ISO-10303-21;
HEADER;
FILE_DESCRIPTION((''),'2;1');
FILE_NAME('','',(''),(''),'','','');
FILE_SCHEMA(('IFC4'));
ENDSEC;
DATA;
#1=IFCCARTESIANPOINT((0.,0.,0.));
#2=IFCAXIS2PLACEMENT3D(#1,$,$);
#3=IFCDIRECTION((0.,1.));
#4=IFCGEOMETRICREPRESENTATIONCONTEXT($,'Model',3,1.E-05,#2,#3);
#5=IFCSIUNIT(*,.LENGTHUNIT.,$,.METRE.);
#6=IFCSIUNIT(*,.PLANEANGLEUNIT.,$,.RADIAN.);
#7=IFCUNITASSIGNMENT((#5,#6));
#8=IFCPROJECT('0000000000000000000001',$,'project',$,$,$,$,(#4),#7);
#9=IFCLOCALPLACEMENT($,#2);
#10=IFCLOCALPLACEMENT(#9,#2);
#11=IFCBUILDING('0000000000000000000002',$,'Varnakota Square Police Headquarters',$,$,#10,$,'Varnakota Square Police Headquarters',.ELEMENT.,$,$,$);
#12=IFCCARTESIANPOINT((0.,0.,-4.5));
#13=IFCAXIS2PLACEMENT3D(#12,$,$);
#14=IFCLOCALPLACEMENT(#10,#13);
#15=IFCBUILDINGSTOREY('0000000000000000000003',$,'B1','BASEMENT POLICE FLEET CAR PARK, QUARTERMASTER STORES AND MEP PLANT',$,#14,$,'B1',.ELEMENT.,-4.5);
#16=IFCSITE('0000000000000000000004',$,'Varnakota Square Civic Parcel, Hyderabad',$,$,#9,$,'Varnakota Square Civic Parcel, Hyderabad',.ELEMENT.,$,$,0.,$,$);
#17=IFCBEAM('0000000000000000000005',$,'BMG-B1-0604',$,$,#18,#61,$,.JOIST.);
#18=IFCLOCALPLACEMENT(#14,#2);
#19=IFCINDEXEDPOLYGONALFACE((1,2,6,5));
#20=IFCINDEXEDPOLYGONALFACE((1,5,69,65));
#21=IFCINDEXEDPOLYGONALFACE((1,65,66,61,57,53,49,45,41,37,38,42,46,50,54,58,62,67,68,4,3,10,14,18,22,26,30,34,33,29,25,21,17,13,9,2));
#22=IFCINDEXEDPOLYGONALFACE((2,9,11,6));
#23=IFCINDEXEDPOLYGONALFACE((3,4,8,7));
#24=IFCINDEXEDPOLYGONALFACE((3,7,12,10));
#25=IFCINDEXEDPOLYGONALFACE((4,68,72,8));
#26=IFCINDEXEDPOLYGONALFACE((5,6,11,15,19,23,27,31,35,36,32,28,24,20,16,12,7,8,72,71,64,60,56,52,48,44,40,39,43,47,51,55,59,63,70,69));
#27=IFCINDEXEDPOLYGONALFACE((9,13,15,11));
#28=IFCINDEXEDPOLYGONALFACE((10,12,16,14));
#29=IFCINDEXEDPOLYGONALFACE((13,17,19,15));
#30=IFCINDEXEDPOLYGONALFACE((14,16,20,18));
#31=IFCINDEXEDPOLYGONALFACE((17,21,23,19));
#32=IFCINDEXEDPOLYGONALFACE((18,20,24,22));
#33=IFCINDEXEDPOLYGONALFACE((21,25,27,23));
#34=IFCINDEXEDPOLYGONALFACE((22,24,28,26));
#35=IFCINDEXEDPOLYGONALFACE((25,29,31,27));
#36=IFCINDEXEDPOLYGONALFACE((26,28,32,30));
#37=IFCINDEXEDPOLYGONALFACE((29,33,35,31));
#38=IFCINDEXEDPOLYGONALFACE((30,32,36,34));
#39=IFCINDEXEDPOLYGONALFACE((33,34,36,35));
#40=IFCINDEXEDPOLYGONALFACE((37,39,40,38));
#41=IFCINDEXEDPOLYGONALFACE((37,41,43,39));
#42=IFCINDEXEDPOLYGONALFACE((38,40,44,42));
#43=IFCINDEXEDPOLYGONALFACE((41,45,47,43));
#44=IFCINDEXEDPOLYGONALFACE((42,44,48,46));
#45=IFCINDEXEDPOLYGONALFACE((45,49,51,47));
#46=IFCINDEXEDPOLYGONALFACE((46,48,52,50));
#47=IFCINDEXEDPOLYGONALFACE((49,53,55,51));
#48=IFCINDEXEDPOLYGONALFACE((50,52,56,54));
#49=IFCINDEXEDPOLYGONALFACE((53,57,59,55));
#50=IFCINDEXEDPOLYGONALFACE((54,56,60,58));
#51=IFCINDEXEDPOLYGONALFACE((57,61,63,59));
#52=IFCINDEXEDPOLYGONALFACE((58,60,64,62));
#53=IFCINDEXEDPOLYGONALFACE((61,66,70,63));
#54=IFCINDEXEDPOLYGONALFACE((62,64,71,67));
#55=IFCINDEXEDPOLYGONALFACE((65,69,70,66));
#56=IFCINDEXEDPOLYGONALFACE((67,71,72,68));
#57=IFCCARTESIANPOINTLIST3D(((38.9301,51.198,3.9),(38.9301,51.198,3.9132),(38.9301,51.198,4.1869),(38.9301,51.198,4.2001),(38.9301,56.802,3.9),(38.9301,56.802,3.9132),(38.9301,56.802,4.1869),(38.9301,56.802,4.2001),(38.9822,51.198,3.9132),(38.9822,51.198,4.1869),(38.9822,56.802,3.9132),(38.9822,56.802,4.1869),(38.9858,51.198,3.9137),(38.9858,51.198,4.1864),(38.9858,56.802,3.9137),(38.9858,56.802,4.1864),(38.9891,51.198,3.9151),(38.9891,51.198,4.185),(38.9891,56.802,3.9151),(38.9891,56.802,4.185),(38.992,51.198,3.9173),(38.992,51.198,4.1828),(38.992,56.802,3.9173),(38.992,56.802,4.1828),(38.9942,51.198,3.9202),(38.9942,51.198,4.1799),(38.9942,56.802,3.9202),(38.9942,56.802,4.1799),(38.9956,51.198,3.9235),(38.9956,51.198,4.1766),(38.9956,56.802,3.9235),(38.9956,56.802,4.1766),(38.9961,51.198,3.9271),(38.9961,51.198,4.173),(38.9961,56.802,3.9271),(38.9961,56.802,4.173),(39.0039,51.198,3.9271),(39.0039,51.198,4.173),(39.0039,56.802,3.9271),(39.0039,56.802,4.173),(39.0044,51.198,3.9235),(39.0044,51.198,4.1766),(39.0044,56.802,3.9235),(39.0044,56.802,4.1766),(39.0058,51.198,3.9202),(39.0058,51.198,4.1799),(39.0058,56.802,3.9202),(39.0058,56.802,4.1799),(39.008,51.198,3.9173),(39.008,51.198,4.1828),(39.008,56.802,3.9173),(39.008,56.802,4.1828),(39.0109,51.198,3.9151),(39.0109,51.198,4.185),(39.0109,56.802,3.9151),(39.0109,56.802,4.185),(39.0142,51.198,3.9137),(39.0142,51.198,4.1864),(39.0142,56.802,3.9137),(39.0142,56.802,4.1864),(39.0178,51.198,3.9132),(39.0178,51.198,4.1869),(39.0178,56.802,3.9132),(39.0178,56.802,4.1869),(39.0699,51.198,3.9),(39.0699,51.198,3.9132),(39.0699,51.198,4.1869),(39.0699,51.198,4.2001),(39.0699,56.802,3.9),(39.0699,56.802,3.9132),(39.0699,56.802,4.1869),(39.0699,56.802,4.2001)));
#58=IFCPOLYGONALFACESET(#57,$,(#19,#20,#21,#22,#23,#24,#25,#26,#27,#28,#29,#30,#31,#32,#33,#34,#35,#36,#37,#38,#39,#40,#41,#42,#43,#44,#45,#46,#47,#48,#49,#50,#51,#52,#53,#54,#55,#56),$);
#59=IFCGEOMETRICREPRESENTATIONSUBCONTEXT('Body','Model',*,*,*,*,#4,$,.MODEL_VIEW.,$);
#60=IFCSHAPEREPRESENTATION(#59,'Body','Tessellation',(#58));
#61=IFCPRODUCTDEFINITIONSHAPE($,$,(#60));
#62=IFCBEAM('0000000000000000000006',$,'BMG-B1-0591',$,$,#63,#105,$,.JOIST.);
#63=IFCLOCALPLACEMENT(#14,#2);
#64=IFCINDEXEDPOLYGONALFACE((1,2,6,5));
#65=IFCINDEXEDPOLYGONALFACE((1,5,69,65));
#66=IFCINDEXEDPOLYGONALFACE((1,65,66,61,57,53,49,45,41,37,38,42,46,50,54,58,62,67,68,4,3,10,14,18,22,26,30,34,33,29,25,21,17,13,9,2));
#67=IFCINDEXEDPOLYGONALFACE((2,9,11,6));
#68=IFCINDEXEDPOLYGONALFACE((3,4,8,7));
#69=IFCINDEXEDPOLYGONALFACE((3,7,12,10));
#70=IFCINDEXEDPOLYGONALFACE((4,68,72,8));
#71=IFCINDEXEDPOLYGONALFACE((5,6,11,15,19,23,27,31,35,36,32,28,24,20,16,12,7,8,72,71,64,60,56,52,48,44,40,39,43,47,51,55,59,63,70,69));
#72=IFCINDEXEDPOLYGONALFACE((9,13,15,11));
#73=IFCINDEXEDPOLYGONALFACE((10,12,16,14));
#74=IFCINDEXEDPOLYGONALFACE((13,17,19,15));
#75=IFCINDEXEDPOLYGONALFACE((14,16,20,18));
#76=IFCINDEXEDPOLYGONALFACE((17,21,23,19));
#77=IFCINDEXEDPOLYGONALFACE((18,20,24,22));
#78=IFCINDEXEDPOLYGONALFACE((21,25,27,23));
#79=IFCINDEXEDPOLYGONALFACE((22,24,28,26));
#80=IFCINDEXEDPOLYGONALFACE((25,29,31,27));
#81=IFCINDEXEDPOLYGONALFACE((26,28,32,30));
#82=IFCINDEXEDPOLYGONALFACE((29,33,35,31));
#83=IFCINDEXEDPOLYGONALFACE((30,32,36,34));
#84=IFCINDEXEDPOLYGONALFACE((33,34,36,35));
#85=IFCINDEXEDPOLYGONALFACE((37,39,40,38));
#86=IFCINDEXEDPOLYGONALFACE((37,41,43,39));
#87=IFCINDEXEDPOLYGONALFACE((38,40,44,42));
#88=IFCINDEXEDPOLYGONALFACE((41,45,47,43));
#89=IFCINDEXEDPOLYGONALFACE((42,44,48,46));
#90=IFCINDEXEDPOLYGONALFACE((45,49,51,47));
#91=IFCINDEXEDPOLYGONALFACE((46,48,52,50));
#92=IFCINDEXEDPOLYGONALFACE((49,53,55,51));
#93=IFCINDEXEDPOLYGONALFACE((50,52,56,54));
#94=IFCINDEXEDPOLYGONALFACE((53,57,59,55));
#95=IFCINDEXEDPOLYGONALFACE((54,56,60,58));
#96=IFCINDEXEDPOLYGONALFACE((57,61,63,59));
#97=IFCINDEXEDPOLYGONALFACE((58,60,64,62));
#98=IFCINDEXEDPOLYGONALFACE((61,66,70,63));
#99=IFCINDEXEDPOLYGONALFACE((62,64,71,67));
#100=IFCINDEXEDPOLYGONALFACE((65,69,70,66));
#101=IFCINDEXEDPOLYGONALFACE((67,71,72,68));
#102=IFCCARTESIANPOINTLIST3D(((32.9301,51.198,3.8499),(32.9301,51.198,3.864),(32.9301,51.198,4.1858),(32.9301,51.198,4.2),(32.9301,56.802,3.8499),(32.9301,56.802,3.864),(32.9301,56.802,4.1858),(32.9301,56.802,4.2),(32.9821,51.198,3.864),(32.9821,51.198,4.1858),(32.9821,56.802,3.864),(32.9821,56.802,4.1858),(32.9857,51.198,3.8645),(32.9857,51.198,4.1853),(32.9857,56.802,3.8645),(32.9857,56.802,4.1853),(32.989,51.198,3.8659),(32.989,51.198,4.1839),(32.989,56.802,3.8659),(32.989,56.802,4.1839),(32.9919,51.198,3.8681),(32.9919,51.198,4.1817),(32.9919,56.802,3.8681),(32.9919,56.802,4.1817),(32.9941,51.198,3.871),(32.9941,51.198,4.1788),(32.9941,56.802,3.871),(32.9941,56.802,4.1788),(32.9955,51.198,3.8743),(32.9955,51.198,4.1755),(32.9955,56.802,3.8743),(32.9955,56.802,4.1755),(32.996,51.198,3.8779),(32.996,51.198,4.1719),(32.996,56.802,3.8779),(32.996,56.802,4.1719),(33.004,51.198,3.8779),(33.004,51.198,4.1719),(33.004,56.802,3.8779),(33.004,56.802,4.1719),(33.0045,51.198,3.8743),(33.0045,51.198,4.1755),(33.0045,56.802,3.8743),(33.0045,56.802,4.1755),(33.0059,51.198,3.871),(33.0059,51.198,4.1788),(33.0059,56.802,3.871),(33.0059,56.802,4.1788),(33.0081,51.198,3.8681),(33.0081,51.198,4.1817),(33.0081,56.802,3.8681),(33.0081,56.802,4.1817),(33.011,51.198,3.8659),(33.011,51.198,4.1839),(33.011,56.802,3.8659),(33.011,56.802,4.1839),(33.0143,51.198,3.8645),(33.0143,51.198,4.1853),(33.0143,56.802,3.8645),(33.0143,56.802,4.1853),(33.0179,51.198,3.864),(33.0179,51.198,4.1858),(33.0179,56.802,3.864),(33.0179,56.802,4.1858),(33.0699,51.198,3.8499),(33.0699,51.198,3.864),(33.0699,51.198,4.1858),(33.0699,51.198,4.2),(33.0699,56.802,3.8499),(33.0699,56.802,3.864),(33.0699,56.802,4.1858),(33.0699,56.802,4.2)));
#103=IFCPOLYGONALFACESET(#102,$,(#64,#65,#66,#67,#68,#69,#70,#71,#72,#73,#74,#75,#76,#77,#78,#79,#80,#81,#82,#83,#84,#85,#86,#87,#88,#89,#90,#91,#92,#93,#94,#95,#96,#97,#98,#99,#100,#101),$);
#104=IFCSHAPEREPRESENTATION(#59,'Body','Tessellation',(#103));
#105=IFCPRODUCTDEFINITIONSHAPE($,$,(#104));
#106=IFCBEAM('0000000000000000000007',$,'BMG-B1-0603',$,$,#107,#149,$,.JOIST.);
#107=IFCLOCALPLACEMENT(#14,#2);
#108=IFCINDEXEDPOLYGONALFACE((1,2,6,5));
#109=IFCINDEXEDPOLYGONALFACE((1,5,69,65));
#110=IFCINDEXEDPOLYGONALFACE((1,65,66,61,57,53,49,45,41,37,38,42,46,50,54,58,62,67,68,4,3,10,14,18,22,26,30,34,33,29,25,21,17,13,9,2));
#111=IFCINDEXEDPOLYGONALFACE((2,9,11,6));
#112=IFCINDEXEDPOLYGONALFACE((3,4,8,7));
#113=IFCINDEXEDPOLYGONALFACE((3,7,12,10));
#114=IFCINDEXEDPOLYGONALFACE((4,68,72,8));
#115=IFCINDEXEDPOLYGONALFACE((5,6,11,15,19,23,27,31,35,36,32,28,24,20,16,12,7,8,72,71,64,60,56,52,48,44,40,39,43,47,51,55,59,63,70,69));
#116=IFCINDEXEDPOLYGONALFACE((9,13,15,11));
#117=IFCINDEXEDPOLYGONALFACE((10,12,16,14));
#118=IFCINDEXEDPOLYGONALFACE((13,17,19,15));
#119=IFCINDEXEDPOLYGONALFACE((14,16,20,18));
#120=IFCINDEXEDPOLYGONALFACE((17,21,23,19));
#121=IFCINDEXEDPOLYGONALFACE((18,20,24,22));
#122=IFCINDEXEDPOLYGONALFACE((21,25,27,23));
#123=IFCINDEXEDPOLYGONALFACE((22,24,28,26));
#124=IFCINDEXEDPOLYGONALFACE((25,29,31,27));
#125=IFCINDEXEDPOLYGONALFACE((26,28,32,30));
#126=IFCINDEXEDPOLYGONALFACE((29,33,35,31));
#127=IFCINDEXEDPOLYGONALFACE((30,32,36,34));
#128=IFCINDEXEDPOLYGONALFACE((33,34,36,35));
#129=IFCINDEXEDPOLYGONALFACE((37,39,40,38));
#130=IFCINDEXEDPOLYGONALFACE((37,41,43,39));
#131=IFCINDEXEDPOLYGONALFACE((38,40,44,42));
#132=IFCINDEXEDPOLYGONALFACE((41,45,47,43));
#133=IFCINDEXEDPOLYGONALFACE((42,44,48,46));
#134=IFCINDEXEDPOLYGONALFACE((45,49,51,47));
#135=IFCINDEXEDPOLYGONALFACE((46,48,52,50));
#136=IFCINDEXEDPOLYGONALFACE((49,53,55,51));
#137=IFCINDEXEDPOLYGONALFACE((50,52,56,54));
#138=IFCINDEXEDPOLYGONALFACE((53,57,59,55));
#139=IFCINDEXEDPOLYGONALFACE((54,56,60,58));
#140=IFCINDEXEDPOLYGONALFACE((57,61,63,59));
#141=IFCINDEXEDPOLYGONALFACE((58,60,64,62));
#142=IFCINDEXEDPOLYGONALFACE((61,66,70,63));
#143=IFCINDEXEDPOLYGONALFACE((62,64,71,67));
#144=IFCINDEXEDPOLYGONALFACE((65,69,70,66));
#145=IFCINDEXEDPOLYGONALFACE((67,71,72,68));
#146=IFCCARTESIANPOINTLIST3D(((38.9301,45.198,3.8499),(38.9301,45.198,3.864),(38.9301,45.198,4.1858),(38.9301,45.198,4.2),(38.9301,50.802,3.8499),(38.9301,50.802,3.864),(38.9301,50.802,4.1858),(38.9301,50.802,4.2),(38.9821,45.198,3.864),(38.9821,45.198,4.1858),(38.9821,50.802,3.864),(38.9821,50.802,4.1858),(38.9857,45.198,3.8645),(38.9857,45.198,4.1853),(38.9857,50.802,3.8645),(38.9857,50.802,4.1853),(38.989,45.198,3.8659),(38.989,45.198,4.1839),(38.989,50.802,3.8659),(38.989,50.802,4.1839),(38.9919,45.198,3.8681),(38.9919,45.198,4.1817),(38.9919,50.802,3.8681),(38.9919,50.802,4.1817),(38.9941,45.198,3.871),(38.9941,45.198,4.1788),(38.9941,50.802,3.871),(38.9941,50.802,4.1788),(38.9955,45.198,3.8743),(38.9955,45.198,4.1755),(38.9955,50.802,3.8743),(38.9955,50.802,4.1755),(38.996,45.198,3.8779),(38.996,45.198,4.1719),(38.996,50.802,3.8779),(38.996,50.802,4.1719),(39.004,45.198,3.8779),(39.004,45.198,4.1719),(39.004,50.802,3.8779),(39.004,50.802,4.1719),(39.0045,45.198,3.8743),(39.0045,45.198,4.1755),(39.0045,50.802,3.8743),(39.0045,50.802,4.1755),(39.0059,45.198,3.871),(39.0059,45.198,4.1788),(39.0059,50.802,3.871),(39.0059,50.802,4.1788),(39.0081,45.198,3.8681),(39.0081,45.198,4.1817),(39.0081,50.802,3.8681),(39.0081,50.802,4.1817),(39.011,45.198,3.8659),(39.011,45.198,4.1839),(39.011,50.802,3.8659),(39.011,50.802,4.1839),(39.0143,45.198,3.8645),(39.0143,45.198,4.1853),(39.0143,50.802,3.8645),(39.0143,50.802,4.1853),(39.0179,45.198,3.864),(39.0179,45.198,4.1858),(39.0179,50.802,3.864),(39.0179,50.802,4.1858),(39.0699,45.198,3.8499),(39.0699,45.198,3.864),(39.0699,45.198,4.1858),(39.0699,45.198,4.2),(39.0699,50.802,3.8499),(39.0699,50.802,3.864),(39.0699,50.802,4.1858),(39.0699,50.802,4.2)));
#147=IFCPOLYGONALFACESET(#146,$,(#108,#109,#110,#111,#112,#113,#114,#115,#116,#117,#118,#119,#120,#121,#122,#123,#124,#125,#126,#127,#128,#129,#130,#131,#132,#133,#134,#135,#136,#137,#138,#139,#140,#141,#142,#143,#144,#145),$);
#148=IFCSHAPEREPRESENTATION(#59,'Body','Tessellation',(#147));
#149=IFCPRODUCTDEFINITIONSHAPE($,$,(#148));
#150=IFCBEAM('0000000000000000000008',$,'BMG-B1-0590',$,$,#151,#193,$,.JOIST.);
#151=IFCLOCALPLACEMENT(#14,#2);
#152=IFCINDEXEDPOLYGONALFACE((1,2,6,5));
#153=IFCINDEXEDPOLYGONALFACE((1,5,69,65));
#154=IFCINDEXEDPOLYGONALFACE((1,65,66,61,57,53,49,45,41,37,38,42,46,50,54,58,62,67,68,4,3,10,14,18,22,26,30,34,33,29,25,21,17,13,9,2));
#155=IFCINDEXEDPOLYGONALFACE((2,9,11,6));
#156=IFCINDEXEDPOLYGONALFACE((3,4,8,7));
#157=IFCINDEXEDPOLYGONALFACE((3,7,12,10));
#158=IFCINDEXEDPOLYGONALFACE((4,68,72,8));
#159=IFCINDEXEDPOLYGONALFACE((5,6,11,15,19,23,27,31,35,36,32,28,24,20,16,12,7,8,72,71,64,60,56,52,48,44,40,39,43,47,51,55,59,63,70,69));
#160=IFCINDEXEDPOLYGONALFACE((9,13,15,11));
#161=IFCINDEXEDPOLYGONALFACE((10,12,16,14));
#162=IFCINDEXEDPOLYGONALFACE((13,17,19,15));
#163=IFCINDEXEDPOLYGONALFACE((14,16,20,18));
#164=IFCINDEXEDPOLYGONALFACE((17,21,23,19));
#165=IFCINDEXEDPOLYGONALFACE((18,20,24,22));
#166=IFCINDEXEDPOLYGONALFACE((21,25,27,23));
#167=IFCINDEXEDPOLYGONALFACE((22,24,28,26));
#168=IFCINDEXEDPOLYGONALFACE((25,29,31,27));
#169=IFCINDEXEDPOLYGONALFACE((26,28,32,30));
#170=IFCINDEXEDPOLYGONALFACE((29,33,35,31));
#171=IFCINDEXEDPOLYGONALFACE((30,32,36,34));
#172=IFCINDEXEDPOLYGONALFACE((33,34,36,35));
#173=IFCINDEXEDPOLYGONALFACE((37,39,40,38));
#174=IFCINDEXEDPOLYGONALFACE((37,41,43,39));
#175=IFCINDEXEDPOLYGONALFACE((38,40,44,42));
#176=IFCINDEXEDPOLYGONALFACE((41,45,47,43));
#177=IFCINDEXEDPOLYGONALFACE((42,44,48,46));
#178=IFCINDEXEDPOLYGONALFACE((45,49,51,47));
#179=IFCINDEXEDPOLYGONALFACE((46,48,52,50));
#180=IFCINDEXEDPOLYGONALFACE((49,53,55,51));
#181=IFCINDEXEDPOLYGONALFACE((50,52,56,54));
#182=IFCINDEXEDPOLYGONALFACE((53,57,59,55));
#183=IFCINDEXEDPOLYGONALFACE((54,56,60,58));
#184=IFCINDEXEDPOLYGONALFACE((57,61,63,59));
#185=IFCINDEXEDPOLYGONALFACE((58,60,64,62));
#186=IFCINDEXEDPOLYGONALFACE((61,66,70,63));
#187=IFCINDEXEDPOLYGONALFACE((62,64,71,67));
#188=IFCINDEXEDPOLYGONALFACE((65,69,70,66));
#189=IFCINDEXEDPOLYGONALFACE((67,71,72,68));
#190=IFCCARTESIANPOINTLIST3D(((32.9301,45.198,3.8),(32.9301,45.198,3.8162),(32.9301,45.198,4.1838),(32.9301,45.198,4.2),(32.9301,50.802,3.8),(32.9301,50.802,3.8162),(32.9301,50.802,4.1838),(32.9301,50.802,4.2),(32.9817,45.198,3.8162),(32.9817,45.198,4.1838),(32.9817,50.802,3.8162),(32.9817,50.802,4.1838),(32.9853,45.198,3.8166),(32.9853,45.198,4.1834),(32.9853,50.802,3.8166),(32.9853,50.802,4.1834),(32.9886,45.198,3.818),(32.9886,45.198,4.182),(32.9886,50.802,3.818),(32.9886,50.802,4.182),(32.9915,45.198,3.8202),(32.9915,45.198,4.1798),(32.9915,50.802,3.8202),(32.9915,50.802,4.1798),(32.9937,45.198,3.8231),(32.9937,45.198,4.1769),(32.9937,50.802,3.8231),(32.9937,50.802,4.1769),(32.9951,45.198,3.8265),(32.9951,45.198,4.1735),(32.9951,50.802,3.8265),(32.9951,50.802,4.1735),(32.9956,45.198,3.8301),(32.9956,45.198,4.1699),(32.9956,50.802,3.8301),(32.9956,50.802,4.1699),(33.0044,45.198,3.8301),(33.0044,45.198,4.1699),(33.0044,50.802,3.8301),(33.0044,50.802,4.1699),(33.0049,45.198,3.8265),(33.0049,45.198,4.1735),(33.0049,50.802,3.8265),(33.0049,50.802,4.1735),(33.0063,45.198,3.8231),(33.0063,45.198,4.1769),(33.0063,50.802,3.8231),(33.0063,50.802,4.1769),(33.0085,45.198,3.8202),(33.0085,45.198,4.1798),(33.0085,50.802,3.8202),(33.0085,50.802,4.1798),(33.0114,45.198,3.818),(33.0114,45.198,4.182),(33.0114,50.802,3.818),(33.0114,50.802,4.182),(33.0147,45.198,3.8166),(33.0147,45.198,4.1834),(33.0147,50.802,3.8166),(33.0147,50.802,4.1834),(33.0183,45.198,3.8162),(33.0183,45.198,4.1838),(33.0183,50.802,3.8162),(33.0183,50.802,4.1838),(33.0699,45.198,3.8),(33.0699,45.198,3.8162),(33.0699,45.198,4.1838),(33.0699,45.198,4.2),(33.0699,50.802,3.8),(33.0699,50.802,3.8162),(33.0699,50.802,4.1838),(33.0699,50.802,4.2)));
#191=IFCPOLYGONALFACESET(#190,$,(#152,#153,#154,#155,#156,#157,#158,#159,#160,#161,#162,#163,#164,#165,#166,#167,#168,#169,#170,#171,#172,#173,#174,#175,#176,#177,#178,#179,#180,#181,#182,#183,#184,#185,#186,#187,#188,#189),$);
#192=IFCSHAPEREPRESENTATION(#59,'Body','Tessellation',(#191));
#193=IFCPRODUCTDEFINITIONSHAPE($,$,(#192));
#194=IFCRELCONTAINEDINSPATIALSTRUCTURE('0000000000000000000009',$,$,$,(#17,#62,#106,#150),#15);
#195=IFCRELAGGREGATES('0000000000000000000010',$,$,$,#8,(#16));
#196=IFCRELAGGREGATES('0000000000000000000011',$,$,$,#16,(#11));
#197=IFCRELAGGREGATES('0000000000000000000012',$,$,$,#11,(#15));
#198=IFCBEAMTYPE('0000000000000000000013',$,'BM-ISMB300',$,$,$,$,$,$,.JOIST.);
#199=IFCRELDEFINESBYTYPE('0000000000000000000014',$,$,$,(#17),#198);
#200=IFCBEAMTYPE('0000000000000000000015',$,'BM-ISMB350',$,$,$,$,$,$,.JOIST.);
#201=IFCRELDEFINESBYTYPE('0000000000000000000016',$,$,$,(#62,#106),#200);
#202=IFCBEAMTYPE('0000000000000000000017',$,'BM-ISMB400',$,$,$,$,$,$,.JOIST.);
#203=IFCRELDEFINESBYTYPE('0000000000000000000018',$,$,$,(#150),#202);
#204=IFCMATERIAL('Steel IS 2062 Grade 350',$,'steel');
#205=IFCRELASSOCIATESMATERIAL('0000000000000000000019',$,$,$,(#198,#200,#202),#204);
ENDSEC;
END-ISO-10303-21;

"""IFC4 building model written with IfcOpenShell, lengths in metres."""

from ifc_helpers import new_model, si_unit, direction, frame, origin, origin_2d, place, context, subcontext, project, spatial, i_section, extrude, material, material_profile, profile_set, type_object, element, save


model = new_model("IFC4")

# Units and contexts
model_context = context("Model", 3, precision=1e-05, world=origin(), true_north=direction((0.0, 1.0)))
body_context = subcontext(model_context, "Body", "Model", "MODEL_VIEW")
ifc_project = project(units=[si_unit("LENGTHUNIT", "METRE"), si_unit("PLANEANGLEUNIT", "RADIAN")], contexts=[model_context])

# Site, building, storey
site_placement = place(None, origin())
site = spatial("IfcSite", under=ifc_project, at=site_placement, Name="Varnakota Square Civic Parcel, Hyderabad", LongName="Varnakota Square Civic Parcel, Hyderabad", CompositionType="ELEMENT", RefElevation=0.0)
building_placement = place(site_placement, origin())
building = spatial("IfcBuilding", under=site, at=building_placement, Name="Varnakota Square Police Headquarters", LongName="Varnakota Square Police Headquarters", CompositionType="ELEMENT")
storey_placement = place(building_placement, frame((0.0, 0.0, -4.5)))
storey = spatial("IfcBuildingStorey", under=building, at=storey_placement, Name="B1", Description="BASEMENT POLICE FLEET CAR PARK, QUARTERMASTER STORES AND MEP PLANT", LongName="B1", CompositionType="ELEMENT", Elevation=-4.5)

# Beams
ifc_material_1 = material(Name="Steel IS 2062 Grade 350", Category="steel")
ifc_material_profile_1 = material_profile(ifc_material_1, i_section(OverallWidth=0.1399, OverallDepth=0.3, WebThickness=0.0078, FlangeThickness=0.0132, FilletRadius=0.0139, at=origin_2d()), Name="ISMB 300")
ifc_profile_set_1 = profile_set([ifc_material_profile_1], Name="Steel IS 2062 Grade 350")
beam_type_1 = type_object("IfcBeamType", Name="BM-ISMB300", PredefinedType="JOIST", material=ifc_profile_set_1)
beam_1_placement = place(storey_placement, frame((39.0, 51.198, 4.05), z_axis=(0.0, 1.0, 0.0), x_axis=(-1.0, 0.0, 0.0)))
element("IfcBeam", 1, at=beam_1_placement, inside=storey, type_object=beam_type_1, Name="BMG-B1-0604", PredefinedType="JOIST", context=body_context, shape_type="SweptSolid", body=[
    extrude(i_section(OverallWidth=0.1399, OverallDepth=0.3, WebThickness=0.0078, FlangeThickness=0.0132, FilletRadius=0.0139, at=origin_2d()), origin(), (0.0, 0.0, 1.0), 5.604),
])
ifc_material_profile_2 = material_profile(ifc_material_1, i_section(OverallWidth=0.1399, OverallDepth=0.3501, WebThickness=0.0081, FlangeThickness=0.0142, FilletRadius=0.0139, at=origin_2d()), Name="ISMB 350")
ifc_profile_set_2 = profile_set([ifc_material_profile_2], Name="Steel IS 2062 Grade 350")
beam_type_2 = type_object("IfcBeamType", Name="BM-ISMB350", PredefinedType="JOIST", material=ifc_profile_set_2)
for number, where, z_axis, x_axis, name in (
    (2, (33.0, 51.198, 4.0249), (0.0, 1.0, 0.0), (-1.0, 0.0, 0.0), "BMG-B1-0591"),
    (3, (39.0, 45.198, 4.0249), (0.0, 1.0, 0.0), (-1.0, 0.0, 0.0), "BMG-B1-0603"),
):
    element("IfcBeam", number, at=place(storey_placement, frame(where, z_axis=z_axis, x_axis=x_axis)), inside=storey, type_object=beam_type_2, Name=name, PredefinedType="JOIST", context=body_context, shape_type="SweptSolid", body=[
        extrude(i_section(OverallWidth=0.1399, OverallDepth=0.3501, WebThickness=0.0081, FlangeThickness=0.0142, FilletRadius=0.0139, at=origin_2d()), origin(), (0.0, 0.0, 1.0), 5.604),
    ])
ifc_material_profile_3 = material_profile(ifc_material_1, i_section(OverallWidth=0.1399, OverallDepth=0.3999, WebThickness=0.0088, FlangeThickness=0.0161, FilletRadius=0.0139, at=origin_2d()), Name="ISMB 400")
ifc_profile_set_3 = profile_set([ifc_material_profile_3], Name="Steel IS 2062 Grade 350")
beam_type_3 = type_object("IfcBeamType", Name="BM-ISMB400", PredefinedType="JOIST", material=ifc_profile_set_3)
beam_2_placement = place(storey_placement, frame((33.0, 45.198, 4.0), z_axis=(0.0, 1.0, 0.0), x_axis=(-1.0, 0.0, 0.0)))
element("IfcBeam", 4, at=beam_2_placement, inside=storey, type_object=beam_type_3, Name="BMG-B1-0590", PredefinedType="JOIST", context=body_context, shape_type="SweptSolid", body=[
    extrude(i_section(OverallWidth=0.1399, OverallDepth=0.3999, WebThickness=0.0088, FlangeThickness=0.0161, FilletRadius=0.0139, at=origin_2d()), origin(), (0.0, 0.0, 1.0), 5.604),
])

save(model, "model.ifc")
